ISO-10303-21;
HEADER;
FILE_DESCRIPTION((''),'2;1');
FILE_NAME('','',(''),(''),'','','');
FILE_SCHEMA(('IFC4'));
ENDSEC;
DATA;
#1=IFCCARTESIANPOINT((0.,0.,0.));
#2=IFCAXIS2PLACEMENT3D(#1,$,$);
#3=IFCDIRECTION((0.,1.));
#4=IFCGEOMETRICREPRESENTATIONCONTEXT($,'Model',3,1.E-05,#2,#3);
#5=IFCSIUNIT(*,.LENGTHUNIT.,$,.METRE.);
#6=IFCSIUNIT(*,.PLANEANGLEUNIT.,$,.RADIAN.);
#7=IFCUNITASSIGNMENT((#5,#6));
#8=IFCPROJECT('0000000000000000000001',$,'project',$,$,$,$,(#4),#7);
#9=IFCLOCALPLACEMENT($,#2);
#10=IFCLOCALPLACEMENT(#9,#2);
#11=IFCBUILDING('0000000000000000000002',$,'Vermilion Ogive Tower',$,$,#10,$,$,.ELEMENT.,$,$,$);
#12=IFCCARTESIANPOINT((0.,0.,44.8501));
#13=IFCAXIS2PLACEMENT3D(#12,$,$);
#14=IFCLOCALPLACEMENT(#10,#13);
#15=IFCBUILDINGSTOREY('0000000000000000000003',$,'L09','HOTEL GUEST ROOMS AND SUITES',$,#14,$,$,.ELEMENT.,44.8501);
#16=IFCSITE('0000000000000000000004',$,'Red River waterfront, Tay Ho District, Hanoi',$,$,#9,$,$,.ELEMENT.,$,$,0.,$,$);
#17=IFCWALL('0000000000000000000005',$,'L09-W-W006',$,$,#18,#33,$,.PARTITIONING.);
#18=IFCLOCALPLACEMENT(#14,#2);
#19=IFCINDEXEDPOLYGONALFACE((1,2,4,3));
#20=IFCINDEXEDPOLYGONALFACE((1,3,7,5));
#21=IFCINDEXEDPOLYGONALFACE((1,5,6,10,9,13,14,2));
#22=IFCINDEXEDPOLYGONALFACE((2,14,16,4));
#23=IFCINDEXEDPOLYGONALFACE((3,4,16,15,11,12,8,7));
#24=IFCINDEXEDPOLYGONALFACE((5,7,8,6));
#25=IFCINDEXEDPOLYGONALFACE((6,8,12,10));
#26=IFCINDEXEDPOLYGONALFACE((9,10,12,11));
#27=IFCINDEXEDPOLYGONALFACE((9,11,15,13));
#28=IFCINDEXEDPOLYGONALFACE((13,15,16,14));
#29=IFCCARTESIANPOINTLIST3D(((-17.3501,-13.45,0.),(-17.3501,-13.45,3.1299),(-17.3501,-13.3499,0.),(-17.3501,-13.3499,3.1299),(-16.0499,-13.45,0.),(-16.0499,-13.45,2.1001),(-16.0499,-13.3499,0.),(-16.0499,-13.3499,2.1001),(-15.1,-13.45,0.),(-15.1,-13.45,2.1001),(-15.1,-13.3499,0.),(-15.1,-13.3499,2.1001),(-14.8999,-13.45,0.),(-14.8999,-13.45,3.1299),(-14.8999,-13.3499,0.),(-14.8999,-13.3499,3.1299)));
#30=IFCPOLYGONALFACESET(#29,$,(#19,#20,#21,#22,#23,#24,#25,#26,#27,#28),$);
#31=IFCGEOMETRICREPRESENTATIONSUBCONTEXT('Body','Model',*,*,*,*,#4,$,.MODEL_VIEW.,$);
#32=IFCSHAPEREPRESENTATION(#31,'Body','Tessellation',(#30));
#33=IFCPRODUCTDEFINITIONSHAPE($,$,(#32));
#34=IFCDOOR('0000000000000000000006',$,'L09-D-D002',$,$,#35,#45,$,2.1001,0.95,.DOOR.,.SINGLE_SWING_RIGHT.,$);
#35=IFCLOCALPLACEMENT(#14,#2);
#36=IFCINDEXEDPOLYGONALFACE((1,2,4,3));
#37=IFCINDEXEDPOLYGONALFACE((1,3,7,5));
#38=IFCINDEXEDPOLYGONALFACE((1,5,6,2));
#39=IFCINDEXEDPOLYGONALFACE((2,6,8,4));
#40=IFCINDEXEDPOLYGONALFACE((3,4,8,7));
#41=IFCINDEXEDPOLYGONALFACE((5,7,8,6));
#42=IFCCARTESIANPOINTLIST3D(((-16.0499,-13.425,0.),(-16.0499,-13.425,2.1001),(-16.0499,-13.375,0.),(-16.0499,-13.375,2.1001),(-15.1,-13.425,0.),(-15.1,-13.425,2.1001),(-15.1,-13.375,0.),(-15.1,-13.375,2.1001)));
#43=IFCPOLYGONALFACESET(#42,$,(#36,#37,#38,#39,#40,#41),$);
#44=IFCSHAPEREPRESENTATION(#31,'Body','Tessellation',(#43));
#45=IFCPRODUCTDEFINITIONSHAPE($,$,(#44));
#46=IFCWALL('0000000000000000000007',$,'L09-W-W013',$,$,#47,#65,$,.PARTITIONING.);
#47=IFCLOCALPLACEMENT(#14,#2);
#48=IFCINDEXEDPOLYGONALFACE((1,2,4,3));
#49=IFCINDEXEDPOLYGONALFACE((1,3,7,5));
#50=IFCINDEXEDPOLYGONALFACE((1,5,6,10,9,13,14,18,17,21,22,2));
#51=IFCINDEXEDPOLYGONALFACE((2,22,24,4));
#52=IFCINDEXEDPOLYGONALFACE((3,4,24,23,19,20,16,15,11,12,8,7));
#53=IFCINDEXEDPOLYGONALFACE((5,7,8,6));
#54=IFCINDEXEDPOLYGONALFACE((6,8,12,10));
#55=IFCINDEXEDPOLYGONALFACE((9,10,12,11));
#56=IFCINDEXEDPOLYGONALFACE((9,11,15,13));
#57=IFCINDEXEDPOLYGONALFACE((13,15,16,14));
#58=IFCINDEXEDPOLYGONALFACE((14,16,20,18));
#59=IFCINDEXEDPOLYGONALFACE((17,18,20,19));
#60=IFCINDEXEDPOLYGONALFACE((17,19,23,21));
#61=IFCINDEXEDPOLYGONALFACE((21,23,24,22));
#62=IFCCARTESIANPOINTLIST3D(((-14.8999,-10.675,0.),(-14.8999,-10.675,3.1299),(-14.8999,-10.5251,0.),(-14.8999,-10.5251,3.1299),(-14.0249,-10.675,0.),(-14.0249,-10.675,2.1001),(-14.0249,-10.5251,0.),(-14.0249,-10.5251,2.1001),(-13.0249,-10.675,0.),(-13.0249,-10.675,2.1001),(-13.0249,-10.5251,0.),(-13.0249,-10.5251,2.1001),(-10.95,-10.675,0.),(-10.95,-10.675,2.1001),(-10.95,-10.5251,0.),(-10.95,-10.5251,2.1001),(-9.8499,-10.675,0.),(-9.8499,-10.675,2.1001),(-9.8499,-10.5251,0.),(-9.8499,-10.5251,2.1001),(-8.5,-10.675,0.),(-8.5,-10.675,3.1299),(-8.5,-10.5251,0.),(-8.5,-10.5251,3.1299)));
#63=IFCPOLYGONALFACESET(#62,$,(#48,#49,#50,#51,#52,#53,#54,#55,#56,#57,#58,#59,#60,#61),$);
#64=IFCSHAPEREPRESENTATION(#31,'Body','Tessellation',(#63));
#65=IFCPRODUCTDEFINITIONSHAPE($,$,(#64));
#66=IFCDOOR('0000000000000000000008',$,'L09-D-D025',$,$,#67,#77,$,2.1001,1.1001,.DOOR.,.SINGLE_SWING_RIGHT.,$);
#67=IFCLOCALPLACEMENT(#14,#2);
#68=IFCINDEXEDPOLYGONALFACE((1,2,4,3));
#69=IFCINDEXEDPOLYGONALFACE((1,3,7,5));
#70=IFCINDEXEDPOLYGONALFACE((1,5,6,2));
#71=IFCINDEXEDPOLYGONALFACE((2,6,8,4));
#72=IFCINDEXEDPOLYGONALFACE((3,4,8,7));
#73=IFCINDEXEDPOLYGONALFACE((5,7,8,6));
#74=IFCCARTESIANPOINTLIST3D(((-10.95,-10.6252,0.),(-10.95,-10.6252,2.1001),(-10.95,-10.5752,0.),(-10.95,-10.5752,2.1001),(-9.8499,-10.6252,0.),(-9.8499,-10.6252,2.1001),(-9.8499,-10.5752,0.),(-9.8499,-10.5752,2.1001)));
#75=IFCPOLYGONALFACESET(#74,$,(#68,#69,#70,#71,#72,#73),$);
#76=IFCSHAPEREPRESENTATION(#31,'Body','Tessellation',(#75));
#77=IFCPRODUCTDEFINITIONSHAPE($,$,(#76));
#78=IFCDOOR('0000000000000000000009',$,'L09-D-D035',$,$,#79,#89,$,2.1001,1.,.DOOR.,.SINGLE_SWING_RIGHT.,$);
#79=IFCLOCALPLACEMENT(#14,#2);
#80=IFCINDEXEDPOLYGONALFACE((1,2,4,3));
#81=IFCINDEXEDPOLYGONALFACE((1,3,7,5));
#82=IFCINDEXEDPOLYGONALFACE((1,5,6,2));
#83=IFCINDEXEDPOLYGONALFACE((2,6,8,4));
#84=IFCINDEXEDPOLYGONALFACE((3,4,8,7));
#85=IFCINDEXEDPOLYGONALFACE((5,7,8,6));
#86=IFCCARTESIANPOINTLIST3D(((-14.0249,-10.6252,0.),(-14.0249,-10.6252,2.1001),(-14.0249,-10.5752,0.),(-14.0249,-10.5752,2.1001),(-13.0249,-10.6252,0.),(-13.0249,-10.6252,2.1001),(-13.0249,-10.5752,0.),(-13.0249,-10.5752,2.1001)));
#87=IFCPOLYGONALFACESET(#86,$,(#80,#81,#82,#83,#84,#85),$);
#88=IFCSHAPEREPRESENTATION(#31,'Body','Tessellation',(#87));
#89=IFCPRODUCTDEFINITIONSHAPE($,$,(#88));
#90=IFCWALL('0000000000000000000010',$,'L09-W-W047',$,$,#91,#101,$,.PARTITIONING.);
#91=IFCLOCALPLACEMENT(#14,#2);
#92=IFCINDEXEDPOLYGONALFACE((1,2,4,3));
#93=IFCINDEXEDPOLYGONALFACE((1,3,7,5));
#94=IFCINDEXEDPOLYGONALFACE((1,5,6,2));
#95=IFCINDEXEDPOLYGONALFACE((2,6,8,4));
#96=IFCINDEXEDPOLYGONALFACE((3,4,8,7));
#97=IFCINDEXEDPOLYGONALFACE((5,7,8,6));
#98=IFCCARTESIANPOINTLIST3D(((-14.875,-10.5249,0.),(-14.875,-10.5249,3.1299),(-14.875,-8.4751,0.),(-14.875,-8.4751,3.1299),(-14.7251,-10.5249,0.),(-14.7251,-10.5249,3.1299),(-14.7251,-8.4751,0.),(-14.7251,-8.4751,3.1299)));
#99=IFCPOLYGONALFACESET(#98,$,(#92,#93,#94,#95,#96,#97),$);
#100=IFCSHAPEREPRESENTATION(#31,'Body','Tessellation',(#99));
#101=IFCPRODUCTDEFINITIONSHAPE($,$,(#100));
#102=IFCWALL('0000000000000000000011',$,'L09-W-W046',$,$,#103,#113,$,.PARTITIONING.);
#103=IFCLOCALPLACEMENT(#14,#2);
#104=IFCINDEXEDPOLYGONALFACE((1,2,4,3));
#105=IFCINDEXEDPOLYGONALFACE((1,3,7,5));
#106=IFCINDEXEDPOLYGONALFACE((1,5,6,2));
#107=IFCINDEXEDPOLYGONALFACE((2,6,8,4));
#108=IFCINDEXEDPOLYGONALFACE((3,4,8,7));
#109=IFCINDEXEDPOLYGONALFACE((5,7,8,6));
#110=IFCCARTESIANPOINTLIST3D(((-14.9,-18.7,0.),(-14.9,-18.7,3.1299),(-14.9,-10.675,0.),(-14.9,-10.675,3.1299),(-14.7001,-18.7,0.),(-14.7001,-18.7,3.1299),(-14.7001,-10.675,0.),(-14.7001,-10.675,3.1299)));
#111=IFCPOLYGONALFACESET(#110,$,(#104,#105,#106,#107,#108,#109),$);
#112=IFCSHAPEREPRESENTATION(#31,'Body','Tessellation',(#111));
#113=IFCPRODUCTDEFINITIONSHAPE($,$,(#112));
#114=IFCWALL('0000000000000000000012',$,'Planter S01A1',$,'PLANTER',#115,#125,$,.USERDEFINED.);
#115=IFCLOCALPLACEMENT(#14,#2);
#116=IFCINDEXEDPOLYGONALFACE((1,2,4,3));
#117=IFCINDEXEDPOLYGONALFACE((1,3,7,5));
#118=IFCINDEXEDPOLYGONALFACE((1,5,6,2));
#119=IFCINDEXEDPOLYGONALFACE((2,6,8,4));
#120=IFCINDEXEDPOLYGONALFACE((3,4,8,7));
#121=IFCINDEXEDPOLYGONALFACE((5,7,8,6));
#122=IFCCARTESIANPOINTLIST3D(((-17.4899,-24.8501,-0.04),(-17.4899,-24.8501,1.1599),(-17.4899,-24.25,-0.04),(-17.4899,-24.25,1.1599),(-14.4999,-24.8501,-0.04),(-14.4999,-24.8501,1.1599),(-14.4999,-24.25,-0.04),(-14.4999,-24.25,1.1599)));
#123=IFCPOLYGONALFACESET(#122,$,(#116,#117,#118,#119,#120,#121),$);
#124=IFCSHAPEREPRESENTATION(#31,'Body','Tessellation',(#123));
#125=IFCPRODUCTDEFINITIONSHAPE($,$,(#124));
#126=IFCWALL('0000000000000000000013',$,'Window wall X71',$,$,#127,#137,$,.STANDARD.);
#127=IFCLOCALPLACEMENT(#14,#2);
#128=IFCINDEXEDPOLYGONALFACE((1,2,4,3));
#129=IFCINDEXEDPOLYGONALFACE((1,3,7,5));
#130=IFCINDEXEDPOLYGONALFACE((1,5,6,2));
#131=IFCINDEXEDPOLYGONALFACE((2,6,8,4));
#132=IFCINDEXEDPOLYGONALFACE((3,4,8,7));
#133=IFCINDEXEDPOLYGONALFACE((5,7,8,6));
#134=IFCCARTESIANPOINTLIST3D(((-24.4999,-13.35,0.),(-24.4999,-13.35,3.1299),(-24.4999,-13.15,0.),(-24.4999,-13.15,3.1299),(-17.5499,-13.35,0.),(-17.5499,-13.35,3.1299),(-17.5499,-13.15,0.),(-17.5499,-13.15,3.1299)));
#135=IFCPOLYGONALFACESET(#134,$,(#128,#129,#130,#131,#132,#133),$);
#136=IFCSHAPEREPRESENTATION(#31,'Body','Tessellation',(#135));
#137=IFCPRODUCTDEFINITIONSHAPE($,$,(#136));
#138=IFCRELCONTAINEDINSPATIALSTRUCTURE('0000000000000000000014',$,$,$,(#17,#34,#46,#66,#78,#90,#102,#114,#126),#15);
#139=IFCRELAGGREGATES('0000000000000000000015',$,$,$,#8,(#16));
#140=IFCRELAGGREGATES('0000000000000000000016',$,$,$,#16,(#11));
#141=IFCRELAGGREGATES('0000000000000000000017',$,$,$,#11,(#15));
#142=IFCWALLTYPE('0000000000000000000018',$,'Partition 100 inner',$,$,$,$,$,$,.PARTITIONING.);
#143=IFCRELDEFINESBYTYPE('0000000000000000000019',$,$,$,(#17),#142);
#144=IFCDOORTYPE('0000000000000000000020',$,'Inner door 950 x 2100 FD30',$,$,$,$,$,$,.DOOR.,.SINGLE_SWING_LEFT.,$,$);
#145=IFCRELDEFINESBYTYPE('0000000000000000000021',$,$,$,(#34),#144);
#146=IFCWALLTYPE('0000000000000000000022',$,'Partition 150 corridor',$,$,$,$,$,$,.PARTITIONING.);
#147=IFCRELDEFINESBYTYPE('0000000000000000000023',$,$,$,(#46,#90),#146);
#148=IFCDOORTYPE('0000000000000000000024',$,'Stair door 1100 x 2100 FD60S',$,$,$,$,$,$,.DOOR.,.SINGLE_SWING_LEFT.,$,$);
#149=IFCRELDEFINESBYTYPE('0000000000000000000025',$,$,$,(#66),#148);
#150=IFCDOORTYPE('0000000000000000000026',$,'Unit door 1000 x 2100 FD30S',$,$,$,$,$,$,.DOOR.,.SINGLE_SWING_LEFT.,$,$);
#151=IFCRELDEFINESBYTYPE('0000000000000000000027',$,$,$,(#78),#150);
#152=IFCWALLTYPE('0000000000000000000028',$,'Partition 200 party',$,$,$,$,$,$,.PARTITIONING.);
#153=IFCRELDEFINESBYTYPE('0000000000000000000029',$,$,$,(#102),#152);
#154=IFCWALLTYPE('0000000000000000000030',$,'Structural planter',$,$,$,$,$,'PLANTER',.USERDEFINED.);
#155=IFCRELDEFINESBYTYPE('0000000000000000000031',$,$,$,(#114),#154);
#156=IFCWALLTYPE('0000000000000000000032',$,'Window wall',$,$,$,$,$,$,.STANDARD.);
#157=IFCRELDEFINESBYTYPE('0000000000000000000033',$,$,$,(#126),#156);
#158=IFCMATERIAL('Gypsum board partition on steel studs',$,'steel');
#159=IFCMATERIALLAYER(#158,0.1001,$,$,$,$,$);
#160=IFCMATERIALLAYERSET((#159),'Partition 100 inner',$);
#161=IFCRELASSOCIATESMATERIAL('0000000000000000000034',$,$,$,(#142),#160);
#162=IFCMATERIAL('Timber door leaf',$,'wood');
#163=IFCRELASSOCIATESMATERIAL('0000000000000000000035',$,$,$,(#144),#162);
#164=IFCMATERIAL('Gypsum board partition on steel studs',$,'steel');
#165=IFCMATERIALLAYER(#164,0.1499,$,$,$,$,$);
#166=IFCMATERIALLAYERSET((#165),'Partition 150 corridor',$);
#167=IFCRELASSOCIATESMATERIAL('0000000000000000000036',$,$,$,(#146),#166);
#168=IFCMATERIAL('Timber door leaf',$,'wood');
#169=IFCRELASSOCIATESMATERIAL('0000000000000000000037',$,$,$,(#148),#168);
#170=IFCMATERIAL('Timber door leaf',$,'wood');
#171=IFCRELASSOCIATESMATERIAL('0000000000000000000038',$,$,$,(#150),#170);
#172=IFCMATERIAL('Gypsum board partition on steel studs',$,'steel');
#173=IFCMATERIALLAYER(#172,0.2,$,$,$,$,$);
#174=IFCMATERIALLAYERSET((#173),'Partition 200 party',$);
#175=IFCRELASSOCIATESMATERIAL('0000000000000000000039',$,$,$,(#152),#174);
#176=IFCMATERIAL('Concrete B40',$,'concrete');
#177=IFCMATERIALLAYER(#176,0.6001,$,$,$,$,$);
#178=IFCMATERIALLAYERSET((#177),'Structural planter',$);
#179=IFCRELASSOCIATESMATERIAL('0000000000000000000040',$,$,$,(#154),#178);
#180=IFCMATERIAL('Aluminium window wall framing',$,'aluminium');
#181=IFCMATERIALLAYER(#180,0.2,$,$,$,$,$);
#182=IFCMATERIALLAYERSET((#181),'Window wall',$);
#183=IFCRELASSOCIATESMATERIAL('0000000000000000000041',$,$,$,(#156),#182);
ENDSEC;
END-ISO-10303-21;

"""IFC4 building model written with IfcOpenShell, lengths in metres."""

from ifc_helpers import new_model, si_unit, direction, frame, frame_2d, origin, place, context, subcontext, project, spatial, rectangle, extrude, material, layer, layer_set, type_object, element, fill, save


model = new_model("IFC4")

# Units and contexts
model_context = context("Model", 3, precision=1e-05, world=origin(), true_north=direction((0.0, 1.0)))
body_context = subcontext(model_context, "Body", "Model", "MODEL_VIEW")
ifc_project = project(units=[si_unit("LENGTHUNIT", "METRE"), si_unit("PLANEANGLEUNIT", "RADIAN")], contexts=[model_context])

# Site, building, storey
site_placement = place(None, origin())
site = spatial("IfcSite", under=ifc_project, at=site_placement, Name="Red River waterfront, Tay Ho District, Hanoi", CompositionType="ELEMENT", RefElevation=0.0)
building_placement = place(site_placement, origin())
building = spatial("IfcBuilding", under=site, at=building_placement, Name="Vermilion Ogive Tower", CompositionType="ELEMENT")
storey_placement = place(building_placement, frame((0.0, 0.0, 44.8501)))
storey = spatial("IfcBuildingStorey", under=building, at=storey_placement, Name="L09", Description="HOTEL GUEST ROOMS AND SUITES", CompositionType="ELEMENT", Elevation=44.8501)

# Wall, opening, door
ifc_material_1 = material(Name="Gypsum board partition on steel studs", Category="steel")
ifc_layer_1 = layer(ifc_material_1, 0.1001)
ifc_layer_set_1 = layer_set([ifc_layer_1], Name="Partition 100 inner")
wall_type_1 = type_object("IfcWallType", Name="Partition 100 inner", PredefinedType="PARTITIONING", material=ifc_layer_set_1)
wall_1_placement = place(storey_placement, frame((-17.3501, -13.3999, 0.0), z_axis=(0.0, 0.0, 1.0), x_axis=(1.0, 0.0, 0.0)))
wall_1 = element("IfcWall", 1, at=wall_1_placement, inside=storey, type_object=wall_type_1, Name="L09-W-W006", PredefinedType="PARTITIONING", context=body_context, shape_type="SweptSolid", body=[
    extrude(rectangle(XDim=2.4502, YDim=0.1001, at=frame_2d((1.2251, 0.0))), origin(), (0.0, 0.0, 1.0), 3.1299),
])
opening_1_placement = place(wall_1_placement, frame((1.3, 0.0, 0.0)))
opening_1 = element("IfcOpeningElement", 2, at=opening_1_placement, cuts=wall_1, PredefinedType="OPENING", context=body_context, shape_type="SweptSolid", body=[
    extrude(rectangle(XDim=0.95, YDim=2.1001, at=frame_2d((0.4751, 1.05))), frame((0.0, 0.0601, 0.0), z_axis=(0.0, -1.0, 0.0), x_axis=(1.0, 0.0, 0.0)), (0.0, 0.0, 1.0), 0.1201),
])
ifc_material_2 = material(Name="Timber door leaf", Category="wood")
door_type_1 = type_object("IfcDoorType", Name="Inner door 950 x 2100 FD30", OperationType="SINGLE_SWING_LEFT", PredefinedType="DOOR", material=ifc_material_2)
door_1_placement = place(opening_1_placement, origin())
door_1 = element("IfcDoor", 3, at=door_1_placement, inside=storey, type_object=door_type_1, Name="L09-D-D002", OperationType="SINGLE_SWING_RIGHT", OverallHeight=2.1001, OverallWidth=0.95, PredefinedType="DOOR", context=body_context, shape_type="SweptSolid", body=[
    extrude(rectangle(XDim=0.95, YDim=2.1001, at=frame_2d((0.4751, 1.05))), frame((0.0, 0.0249, 0.0), z_axis=(0.0, -1.0, 0.0), x_axis=(1.0, 0.0, 0.0)), (0.0, 0.0, 1.0), 0.05),
])
fill(opening_1, door_1)

# Wall, openings, doors
ifc_material_3 = material(Name="Gypsum board partition on steel studs", Category="steel")
ifc_layer_2 = layer(ifc_material_3, 0.1499)
ifc_layer_set_2 = layer_set([ifc_layer_2], Name="Partition 150 corridor")
wall_type_2 = type_object("IfcWallType", Name="Partition 150 corridor", PredefinedType="PARTITIONING", material=ifc_layer_set_2)
wall_2_placement = place(storey_placement, frame((-14.8999, -10.6001, 0.0), z_axis=(0.0, 0.0, 1.0), x_axis=(1.0, 0.0, 0.0)))
wall_2 = element("IfcWall", 4, at=wall_2_placement, inside=storey, type_object=wall_type_2, Name="L09-W-W013", PredefinedType="PARTITIONING", context=body_context, shape_type="SweptSolid", body=[
    extrude(rectangle(XDim=6.3999, YDim=0.1499, at=frame_2d((3.2, 0.0))), origin(), (0.0, 0.0, 1.0), 3.1299),
])
opening_2_placement = place(wall_2_placement, frame((3.95, 0.0, 0.0)))
opening_2 = element("IfcOpeningElement", 5, at=opening_2_placement, cuts=wall_2, PredefinedType="OPENING", context=body_context, shape_type="SweptSolid", body=[
    extrude(rectangle(XDim=1.1001, YDim=2.1001, at=frame_2d((0.55, 1.05))), frame((0.0, 0.085, 0.0), z_axis=(0.0, -1.0, 0.0), x_axis=(1.0, 0.0, 0.0)), (0.0, 0.0, 1.0), 0.1699),
])
opening_3_placement = place(wall_2_placement, frame((0.875, 0.0, 0.0)))
opening_3 = element("IfcOpeningElement", 6, at=opening_3_placement, cuts=wall_2, PredefinedType="OPENING", context=body_context, shape_type="SweptSolid", body=[
    extrude(rectangle(XDim=1.0, YDim=2.1001, at=frame_2d((0.5, 1.05))), frame((0.0, 0.085, 0.0), z_axis=(0.0, -1.0, 0.0), x_axis=(1.0, 0.0, 0.0)), (0.0, 0.0, 1.0), 0.1699),
])
ifc_material_4 = material(Name="Timber door leaf", Category="wood")
door_type_2 = type_object("IfcDoorType", Name="Stair door 1100 x 2100 FD60S", OperationType="SINGLE_SWING_LEFT", PredefinedType="DOOR", material=ifc_material_4)
door_2_placement = place(opening_2_placement, origin())
door_2 = element("IfcDoor", 7, at=door_2_placement, inside=storey, type_object=door_type_2, Name="L09-D-D025", OperationType="SINGLE_SWING_RIGHT", OverallHeight=2.1001, OverallWidth=1.1001, PredefinedType="DOOR", context=body_context, shape_type="SweptSolid", body=[
    extrude(rectangle(XDim=1.1001, YDim=2.1001, at=frame_2d((0.55, 1.05))), frame((0.0, 0.0249, 0.0), z_axis=(0.0, -1.0, 0.0), x_axis=(1.0, 0.0, 0.0)), (0.0, 0.0, 1.0), 0.05),
])
fill(opening_2, door_2)
ifc_material_5 = material(Name="Timber door leaf", Category="wood")
door_type_3 = type_object("IfcDoorType", Name="Unit door 1000 x 2100 FD30S", OperationType="SINGLE_SWING_LEFT", PredefinedType="DOOR", material=ifc_material_5)
door_3_placement = place(opening_3_placement, origin())
door_3 = element("IfcDoor", 8, at=door_3_placement, inside=storey, type_object=door_type_3, Name="L09-D-D035", OperationType="SINGLE_SWING_RIGHT", OverallHeight=2.1001, OverallWidth=1.0, PredefinedType="DOOR", context=body_context, shape_type="SweptSolid", body=[
    extrude(rectangle(XDim=1.0, YDim=2.1001, at=frame_2d((0.5, 1.05))), frame((0.0, 0.0249, 0.0), z_axis=(0.0, -1.0, 0.0), x_axis=(1.0, 0.0, 0.0)), (0.0, 0.0, 1.0), 0.05),
])
fill(opening_3, door_3)

# Walls
wall_3_placement = place(storey_placement, frame((-14.8, -10.5249, 0.0), z_axis=(0.0, 0.0, 1.0), x_axis=(0.0, 1.0, 0.0)))
element("IfcWall", 9, at=wall_3_placement, inside=storey, type_object=wall_type_2, Name="L09-W-W047", PredefinedType="PARTITIONING", context=body_context, shape_type="SweptSolid", body=[
    extrude(rectangle(XDim=2.0498, YDim=0.1499, at=frame_2d((1.0249, 0.0))), origin(), (0.0, 0.0, 1.0), 3.1299),
])
ifc_material_6 = material(Name="Gypsum board partition on steel studs", Category="steel")
ifc_layer_3 = layer(ifc_material_6, 0.2)
ifc_layer_set_3 = layer_set([ifc_layer_3], Name="Partition 200 party")
wall_type_3 = type_object("IfcWallType", Name="Partition 200 party", PredefinedType="PARTITIONING", material=ifc_layer_set_3)
wall_4_placement = place(storey_placement, frame((-14.8, -18.7, 0.0), z_axis=(0.0, 0.0, 1.0), x_axis=(0.0, 1.0, 0.0)))
element("IfcWall", 10, at=wall_4_placement, inside=storey, type_object=wall_type_3, Name="L09-W-W046", PredefinedType="PARTITIONING", context=body_context, shape_type="SweptSolid", body=[
    extrude(rectangle(XDim=8.0249, YDim=0.2, at=frame_2d((4.0125, 0.0))), origin(), (0.0, 0.0, 1.0), 3.1299),
])
ifc_material_7 = material(Name="Concrete B40", Category="concrete")
ifc_layer_4 = layer(ifc_material_7, 0.6001)
ifc_layer_set_4 = layer_set([ifc_layer_4], Name="Structural planter")
wall_type_4 = type_object("IfcWallType", Name="Structural planter", ElementType="PLANTER", PredefinedType="USERDEFINED", material=ifc_layer_set_4)
wall_5_placement = place(storey_placement, frame((-17.49, -24.55, -0.04), z_axis=(0.0, 0.0, 1.0), x_axis=(1.0, 0.0, 0.0)))
element("IfcWall", 11, at=wall_5_placement, inside=storey, type_object=wall_type_4, Name="Planter S01A1", ObjectType="PLANTER", PredefinedType="USERDEFINED", context=body_context, shape_type="SweptSolid", body=[
    extrude(rectangle(XDim=2.99, YDim=0.6001, at=frame_2d((1.4951, 0.0))), origin(), (0.0, 0.0, 1.0), 1.2),
])

# Shared definitions
ifc_material_8 = material(Name="Aluminium window wall framing", Category="aluminium")
ifc_layer_5 = layer(ifc_material_8, 0.2)
ifc_layer_set_5 = layer_set([ifc_layer_5], Name="Window wall")
wall_type_5 = type_object("IfcWallType", Name="Window wall", PredefinedType="STANDARD", material=ifc_layer_set_5)

# Wall
wall_6_placement = place(storey_placement, frame((-24.5, -13.25, 0.0), z_axis=(0.0, 0.0, 1.0), x_axis=(1.0, 0.0, 0.0)))
element("IfcWall", 12, at=wall_6_placement, inside=storey, type_object=wall_type_5, Name="Window wall X71", PredefinedType="STANDARD", context=body_context, shape_type="SweptSolid", body=[
    extrude(rectangle(XDim=6.95, YDim=0.2, at=frame_2d((3.4751, 0.0))), origin(), (0.0, 0.0, 1.0), 3.1299),
])

save(model, "model.ifc")
